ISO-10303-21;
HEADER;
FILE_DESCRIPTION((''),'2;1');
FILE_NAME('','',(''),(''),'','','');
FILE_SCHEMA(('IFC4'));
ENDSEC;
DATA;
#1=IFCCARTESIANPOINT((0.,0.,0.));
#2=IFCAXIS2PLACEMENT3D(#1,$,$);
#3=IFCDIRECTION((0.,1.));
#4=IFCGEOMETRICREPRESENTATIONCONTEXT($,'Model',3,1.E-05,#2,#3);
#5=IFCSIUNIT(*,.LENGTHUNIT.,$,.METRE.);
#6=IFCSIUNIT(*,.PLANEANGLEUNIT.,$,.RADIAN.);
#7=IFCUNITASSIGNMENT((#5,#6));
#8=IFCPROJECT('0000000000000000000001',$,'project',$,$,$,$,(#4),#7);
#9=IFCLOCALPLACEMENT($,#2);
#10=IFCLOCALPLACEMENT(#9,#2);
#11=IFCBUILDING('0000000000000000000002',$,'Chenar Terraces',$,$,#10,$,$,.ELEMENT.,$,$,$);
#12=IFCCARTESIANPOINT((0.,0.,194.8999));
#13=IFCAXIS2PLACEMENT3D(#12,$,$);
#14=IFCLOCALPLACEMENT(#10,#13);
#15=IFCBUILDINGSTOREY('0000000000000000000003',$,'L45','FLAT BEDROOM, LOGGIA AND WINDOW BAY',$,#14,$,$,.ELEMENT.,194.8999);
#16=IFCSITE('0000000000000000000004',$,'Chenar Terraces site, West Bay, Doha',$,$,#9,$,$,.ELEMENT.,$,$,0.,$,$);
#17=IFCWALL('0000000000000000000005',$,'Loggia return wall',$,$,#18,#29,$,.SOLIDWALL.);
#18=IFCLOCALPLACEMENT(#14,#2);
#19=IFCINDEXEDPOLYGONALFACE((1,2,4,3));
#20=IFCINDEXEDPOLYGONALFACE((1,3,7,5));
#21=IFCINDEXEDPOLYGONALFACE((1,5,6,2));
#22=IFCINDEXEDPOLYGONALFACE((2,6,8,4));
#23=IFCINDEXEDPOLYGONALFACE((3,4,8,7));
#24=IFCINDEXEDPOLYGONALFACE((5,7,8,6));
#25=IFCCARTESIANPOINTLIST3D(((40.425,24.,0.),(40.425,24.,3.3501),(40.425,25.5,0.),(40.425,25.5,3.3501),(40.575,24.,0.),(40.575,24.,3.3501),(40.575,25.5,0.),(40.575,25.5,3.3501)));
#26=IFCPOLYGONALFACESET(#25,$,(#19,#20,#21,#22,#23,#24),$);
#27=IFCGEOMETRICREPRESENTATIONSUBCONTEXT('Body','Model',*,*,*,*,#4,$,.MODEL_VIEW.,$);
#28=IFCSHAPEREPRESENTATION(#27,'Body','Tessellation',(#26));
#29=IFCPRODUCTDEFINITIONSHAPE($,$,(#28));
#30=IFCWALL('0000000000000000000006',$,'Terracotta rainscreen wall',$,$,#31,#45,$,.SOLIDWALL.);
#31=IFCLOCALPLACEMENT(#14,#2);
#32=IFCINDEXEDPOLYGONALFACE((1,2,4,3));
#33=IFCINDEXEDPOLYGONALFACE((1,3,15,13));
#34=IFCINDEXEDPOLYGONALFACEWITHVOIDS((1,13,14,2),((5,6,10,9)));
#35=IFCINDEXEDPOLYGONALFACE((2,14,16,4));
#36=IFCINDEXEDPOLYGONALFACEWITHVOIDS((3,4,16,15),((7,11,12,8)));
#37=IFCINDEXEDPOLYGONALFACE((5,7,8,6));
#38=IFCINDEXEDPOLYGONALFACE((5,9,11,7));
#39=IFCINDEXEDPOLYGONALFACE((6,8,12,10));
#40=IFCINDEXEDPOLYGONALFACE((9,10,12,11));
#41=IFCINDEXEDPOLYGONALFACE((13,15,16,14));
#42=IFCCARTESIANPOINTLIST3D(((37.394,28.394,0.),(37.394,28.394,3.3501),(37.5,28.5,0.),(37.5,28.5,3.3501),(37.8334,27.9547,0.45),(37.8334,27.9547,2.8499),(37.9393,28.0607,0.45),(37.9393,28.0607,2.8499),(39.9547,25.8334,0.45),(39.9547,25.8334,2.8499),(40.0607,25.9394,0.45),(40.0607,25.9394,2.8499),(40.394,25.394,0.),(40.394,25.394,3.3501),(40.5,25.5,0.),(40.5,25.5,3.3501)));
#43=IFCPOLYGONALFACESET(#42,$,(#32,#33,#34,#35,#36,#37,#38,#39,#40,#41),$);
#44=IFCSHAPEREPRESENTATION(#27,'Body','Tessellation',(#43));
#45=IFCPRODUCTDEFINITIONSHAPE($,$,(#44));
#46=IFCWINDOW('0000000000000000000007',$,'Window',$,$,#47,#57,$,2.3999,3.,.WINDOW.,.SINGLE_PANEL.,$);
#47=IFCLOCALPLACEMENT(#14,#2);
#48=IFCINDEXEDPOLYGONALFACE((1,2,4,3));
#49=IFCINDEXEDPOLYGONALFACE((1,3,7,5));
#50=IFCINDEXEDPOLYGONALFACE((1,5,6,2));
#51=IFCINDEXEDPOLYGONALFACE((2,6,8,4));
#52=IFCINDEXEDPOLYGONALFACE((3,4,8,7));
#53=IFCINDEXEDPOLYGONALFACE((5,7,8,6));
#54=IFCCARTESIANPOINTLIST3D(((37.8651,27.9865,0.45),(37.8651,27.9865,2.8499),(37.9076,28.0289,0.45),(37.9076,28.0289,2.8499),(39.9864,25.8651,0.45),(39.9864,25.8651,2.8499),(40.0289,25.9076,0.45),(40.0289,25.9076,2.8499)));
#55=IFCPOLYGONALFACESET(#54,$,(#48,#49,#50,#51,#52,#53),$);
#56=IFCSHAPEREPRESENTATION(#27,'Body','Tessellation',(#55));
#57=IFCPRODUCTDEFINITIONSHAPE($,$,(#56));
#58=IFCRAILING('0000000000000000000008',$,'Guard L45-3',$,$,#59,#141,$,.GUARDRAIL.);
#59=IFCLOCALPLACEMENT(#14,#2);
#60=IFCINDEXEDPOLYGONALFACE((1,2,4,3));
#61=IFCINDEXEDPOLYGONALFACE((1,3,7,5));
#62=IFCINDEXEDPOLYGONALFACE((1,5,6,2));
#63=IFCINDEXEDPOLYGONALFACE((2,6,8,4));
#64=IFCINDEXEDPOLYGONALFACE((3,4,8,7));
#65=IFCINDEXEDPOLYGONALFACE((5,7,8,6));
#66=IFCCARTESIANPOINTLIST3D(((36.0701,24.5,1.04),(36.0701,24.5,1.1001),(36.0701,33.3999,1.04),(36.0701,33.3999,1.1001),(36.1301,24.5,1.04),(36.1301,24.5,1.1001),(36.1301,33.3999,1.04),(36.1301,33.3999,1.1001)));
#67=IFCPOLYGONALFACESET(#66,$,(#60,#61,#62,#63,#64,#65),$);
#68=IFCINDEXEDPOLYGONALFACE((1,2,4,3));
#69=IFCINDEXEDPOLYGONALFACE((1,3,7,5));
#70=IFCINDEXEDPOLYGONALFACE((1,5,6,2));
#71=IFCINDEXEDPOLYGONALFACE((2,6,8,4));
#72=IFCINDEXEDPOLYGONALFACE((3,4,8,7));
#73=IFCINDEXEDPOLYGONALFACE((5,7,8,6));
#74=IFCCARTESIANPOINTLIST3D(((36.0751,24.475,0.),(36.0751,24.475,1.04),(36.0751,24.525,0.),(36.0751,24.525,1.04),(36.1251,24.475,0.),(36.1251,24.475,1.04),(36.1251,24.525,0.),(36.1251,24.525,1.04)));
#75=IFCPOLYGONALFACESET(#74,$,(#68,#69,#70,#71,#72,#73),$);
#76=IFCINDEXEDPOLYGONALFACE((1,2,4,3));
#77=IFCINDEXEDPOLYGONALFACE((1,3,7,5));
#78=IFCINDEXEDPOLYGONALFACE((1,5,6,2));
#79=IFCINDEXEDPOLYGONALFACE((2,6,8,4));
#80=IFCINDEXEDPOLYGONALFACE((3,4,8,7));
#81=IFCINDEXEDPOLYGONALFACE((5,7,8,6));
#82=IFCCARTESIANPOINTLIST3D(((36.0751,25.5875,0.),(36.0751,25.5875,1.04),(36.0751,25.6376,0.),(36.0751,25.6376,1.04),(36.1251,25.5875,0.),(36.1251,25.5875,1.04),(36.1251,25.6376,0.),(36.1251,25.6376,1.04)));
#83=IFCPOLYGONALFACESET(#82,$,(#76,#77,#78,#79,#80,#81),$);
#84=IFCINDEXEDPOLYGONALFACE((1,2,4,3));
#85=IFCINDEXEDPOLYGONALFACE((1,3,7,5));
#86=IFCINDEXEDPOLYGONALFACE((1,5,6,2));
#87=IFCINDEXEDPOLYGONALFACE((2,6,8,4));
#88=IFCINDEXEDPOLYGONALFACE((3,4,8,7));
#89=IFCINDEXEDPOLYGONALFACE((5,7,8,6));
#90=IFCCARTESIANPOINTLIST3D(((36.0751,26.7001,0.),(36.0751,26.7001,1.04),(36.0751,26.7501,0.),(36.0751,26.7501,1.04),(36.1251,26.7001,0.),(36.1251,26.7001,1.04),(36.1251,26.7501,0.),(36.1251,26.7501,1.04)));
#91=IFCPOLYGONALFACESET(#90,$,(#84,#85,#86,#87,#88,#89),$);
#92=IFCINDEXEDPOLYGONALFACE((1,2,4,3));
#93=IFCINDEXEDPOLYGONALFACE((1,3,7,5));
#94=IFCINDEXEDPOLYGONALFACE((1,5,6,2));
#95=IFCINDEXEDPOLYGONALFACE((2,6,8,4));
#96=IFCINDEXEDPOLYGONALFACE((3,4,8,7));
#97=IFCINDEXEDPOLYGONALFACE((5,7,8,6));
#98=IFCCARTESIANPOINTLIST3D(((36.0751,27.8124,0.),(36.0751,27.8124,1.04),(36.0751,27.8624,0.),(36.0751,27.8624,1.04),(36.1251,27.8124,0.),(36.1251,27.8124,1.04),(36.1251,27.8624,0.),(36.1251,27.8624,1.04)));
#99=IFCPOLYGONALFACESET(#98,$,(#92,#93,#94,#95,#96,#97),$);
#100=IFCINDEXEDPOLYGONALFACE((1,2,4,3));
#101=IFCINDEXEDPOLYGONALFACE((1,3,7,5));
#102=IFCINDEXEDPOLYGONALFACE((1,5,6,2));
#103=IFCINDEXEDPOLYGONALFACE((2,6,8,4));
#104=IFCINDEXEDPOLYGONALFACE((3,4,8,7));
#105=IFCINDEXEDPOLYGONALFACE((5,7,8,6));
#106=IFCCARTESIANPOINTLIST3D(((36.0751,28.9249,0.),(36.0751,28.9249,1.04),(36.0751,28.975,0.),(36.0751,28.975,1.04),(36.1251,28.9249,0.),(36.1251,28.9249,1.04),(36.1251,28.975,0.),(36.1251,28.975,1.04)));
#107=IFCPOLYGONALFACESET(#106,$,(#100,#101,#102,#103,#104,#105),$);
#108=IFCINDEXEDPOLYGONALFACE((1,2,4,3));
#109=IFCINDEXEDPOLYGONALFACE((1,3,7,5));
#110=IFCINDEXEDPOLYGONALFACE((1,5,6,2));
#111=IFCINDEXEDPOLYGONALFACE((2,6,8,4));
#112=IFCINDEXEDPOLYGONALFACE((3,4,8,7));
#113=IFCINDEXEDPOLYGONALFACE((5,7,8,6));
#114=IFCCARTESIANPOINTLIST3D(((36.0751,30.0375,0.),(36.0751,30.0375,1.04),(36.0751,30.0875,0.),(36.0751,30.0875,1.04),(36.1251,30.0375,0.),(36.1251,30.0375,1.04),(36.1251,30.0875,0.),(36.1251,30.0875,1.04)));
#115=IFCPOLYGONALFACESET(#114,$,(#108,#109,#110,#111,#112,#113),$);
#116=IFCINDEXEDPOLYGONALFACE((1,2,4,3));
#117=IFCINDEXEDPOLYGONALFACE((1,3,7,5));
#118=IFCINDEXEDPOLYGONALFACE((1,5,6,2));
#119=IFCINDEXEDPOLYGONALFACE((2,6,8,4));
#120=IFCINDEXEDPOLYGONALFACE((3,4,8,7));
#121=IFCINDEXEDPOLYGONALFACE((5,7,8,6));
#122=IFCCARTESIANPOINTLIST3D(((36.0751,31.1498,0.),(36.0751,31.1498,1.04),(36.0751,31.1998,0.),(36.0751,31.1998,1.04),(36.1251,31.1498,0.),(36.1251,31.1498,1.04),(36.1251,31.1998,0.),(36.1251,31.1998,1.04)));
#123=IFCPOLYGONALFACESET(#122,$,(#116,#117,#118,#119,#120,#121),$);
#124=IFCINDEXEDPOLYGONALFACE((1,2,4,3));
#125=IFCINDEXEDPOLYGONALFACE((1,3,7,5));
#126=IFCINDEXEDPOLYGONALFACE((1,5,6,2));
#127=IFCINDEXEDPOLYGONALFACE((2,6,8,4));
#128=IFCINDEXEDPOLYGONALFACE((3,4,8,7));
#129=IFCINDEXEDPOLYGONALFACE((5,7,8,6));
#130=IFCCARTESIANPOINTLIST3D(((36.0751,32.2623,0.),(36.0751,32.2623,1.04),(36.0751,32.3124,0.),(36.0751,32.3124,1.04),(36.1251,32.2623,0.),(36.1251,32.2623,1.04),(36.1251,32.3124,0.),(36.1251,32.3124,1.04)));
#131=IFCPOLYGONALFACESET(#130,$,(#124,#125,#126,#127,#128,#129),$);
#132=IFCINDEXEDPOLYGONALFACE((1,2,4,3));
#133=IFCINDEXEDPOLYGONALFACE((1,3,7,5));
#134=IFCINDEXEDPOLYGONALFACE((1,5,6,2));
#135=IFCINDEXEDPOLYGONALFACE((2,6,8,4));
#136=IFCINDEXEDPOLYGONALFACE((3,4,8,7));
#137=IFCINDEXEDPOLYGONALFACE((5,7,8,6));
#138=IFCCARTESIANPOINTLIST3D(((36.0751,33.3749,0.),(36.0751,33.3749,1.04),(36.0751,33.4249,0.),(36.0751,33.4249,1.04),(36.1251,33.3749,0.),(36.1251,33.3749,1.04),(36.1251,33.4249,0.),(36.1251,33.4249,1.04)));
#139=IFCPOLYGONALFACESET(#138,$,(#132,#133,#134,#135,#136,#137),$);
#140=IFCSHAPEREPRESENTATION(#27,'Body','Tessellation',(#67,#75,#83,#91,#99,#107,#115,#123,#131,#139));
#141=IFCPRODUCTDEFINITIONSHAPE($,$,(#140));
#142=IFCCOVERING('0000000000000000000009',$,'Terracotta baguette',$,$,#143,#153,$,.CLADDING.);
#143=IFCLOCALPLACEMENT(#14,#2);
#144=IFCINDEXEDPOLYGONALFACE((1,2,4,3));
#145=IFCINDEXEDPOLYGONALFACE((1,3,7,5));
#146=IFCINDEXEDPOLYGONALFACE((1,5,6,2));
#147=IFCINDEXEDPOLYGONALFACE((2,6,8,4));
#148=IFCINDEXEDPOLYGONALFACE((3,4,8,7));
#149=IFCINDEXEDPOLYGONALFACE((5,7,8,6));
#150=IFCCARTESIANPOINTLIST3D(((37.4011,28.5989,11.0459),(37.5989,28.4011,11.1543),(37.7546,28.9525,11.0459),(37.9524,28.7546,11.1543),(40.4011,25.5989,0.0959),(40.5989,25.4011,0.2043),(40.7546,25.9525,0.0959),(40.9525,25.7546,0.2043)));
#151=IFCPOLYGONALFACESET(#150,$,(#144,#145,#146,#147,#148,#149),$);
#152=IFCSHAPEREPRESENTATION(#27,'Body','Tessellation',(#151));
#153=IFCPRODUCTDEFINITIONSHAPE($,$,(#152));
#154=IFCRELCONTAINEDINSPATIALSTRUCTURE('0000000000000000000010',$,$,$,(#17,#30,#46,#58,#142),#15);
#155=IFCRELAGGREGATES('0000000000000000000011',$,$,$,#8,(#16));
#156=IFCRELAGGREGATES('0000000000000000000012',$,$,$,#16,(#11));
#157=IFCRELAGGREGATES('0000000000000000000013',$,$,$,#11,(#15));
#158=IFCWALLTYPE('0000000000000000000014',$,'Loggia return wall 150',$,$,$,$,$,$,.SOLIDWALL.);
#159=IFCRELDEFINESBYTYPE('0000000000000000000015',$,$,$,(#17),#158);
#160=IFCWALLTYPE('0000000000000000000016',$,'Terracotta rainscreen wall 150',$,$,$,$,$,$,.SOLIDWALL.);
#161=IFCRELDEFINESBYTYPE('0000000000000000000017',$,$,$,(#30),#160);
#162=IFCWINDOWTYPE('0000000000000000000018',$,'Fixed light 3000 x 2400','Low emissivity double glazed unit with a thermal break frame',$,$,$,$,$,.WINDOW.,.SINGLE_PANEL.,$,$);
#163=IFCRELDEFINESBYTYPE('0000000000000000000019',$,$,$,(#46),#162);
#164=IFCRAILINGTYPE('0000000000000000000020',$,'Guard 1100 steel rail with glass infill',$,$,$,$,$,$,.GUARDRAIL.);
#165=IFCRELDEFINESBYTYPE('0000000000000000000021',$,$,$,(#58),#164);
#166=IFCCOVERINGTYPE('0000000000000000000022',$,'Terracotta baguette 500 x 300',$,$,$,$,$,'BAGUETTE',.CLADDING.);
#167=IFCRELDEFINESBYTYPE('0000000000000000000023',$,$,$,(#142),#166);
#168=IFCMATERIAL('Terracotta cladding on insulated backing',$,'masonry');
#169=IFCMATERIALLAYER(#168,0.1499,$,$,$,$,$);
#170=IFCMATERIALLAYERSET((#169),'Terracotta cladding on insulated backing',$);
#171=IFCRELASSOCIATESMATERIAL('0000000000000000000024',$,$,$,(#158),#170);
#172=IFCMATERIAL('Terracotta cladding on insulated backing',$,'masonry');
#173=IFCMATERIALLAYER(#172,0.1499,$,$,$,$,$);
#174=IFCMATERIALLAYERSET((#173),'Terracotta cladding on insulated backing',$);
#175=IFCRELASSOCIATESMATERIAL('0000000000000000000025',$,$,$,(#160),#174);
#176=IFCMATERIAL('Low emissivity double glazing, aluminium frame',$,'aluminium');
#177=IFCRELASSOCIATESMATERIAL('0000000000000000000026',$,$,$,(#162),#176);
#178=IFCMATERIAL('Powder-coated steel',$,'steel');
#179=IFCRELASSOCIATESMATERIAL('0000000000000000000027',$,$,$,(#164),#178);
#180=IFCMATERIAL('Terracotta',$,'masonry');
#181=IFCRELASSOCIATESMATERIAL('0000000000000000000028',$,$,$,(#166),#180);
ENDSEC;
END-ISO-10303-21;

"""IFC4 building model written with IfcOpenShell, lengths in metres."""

from ifc_helpers import new_model, si_unit, direction, frame, frame_2d, origin, origin_2d, place, context, subcontext, project, spatial, rectangle, extrude, material, layer, layer_set, material_profile, profile_set, type_object, element, fill, save


model = new_model("IFC4")

# Units and contexts
model_context = context("Model", 3, precision=1e-05, world=origin(), true_north=direction((0.0, 1.0)))
body_context = subcontext(model_context, "Body", "Model", "MODEL_VIEW")
ifc_project = project(units=[si_unit("LENGTHUNIT", "METRE"), si_unit("PLANEANGLEUNIT", "RADIAN")], contexts=[model_context])

# Site, building, storey
site_placement = place(None, origin())
site = spatial("IfcSite", under=ifc_project, at=site_placement, Name="Chenar Terraces site, West Bay, Doha", CompositionType="ELEMENT", RefElevation=0.0)
building_placement = place(site_placement, origin())
building = spatial("IfcBuilding", under=site, at=building_placement, Name="Chenar Terraces", CompositionType="ELEMENT")
storey_placement = place(building_placement, frame((0.0, 0.0, 194.8999)))
storey = spatial("IfcBuildingStorey", under=building, at=storey_placement, Name="L45", Description="FLAT BEDROOM, LOGGIA AND WINDOW BAY", CompositionType="ELEMENT", Elevation=194.8999)

# Wall
ifc_material_1 = material(Name="Terracotta cladding on insulated backing", Category="masonry")
ifc_layer_1 = layer(ifc_material_1, 0.1499)
ifc_layer_set_1 = layer_set([ifc_layer_1], Name="Terracotta cladding on insulated backing")
wall_type_1 = type_object("IfcWallType", Name="Loggia return wall 150", PredefinedType="SOLIDWALL", material=ifc_layer_set_1)
wall_1_placement = place(storey_placement, frame((40.5, 25.5, 0.0), z_axis=(0.0, 0.0, 1.0), x_axis=(0.0, -1.0, 0.0)))
element("IfcWall", 1, at=wall_1_placement, inside=storey, type_object=wall_type_1, Name="Loggia return wall", PredefinedType="SOLIDWALL", context=body_context, shape_type="SweptSolid", body=[
    extrude(rectangle(XDim=1.5, YDim=0.1499, at=frame_2d((0.75, 0.0))), origin(), (0.0, 0.0, 1.0), 3.3501),
])

# Wall, opening, window
ifc_material_2 = material(Name="Terracotta cladding on insulated backing", Category="masonry")
ifc_layer_2 = layer(ifc_material_2, 0.1499)
ifc_layer_set_2 = layer_set([ifc_layer_2], Name="Terracotta cladding on insulated backing")
wall_type_2 = type_object("IfcWallType", Name="Terracotta rainscreen wall 150", PredefinedType="SOLIDWALL", material=ifc_layer_set_2)
wall_2_placement = place(storey_placement, frame((40.447, 25.447, 0.0), z_axis=(0.0, 0.0, 1.0), x_axis=(-0.707107, 0.707107, 0.0)))
wall_2 = element("IfcWall", 2, at=wall_2_placement, inside=storey, type_object=wall_type_2, Name="Terracotta rainscreen wall", PredefinedType="SOLIDWALL", context=body_context, shape_type="SweptSolid", body=[
    extrude(rectangle(XDim=4.2427, YDim=0.1499, at=frame_2d((2.1213, 0.0))), origin(), (0.0, 0.0, 1.0), 3.3501),
])
opening_1_placement = place(wall_2_placement, frame((0.6213, 0.0, 0.45)))
opening_1 = element("IfcOpeningElement", 3, at=opening_1_placement, cuts=wall_2, PredefinedType="OPENING", context=body_context, shape_type="SweptSolid", body=[
    extrude(rectangle(XDim=3.0, YDim=2.3999, at=frame_2d((1.5, 1.2))), frame((0.0, 0.085, 0.0), z_axis=(0.0, -1.0, 0.0), x_axis=(1.0, 0.0, 0.0)), (0.0, 0.0, 1.0), 0.1699),
])
ifc_material_3 = material(Name="Low emissivity double glazing, aluminium frame", Category="aluminium")
window_type = type_object("IfcWindowType", Name="Fixed light 3000 x 2400", Description="Low emissivity double glazed unit with a thermal break frame", PartitioningType="SINGLE_PANEL", PredefinedType="WINDOW", material=ifc_material_3)
window_placement = place(opening_1_placement, origin())
window = element("IfcWindow", 4, at=window_placement, inside=storey, type_object=window_type, Name="Window", OverallHeight=2.3999, OverallWidth=3.0, PartitioningType="SINGLE_PANEL", PredefinedType="WINDOW", context=body_context, shape_type="SweptSolid", body=[
    extrude(rectangle(XDim=3.0, YDim=2.3999, at=frame_2d((1.5, 1.2))), frame((0.0, 0.03, 0.0), z_axis=(0.0, -1.0, 0.0), x_axis=(1.0, 0.0, 0.0)), (0.0, 0.0, 1.0), 0.0601),
])
fill(opening_1, window)

# Railing
ifc_material_4 = material(Name="Powder-coated steel", Category="steel")
railing_type = type_object("IfcRailingType", Name="Guard 1100 steel rail with glass infill", PredefinedType="GUARDRAIL", material=ifc_material_4)
railing_placement = place(storey_placement, frame((36.1001, 24.5, 0.0)))
element("IfcRailing", 5, at=railing_placement, inside=storey, type_object=railing_type, Name="Guard L45-3", PredefinedType="GUARDRAIL", context=body_context, shape_type="SweptSolid", body=[
    extrude(rectangle(XDim=0.0601, YDim=0.0601, at=origin_2d()), frame((0.0, 0.0, 1.0701), z_axis=(0.0, 1.0, 0.0), x_axis=(-1.0, 0.0, 0.0)), (0.0, 0.0, 1.0), 8.8999),
    extrude(rectangle(XDim=0.05, YDim=0.05, at=origin_2d()), origin(), (0.0, 0.0, 1.0), 1.04),
    extrude(rectangle(XDim=0.05, YDim=0.05, at=origin_2d()), frame((0.0, 1.1125, 0.0)), (0.0, 0.0, 1.0), 1.04),
    extrude(rectangle(XDim=0.05, YDim=0.05, at=origin_2d()), frame((0.0, 2.2251, 0.0)), (0.0, 0.0, 1.0), 1.04),
    extrude(rectangle(XDim=0.05, YDim=0.05, at=origin_2d()), frame((0.0, 3.3374, 0.0)), (0.0, 0.0, 1.0), 1.04),
    extrude(rectangle(XDim=0.05, YDim=0.05, at=origin_2d()), frame((0.0, 4.45, 0.0)), (0.0, 0.0, 1.0), 1.04),
    extrude(rectangle(XDim=0.05, YDim=0.05, at=origin_2d()), frame((0.0, 5.5625, 0.0)), (0.0, 0.0, 1.0), 1.04),
    extrude(rectangle(XDim=0.05, YDim=0.05, at=origin_2d()), frame((0.0, 6.6748, 0.0)), (0.0, 0.0, 1.0), 1.04),
    extrude(rectangle(XDim=0.05, YDim=0.05, at=origin_2d()), frame((0.0, 7.7874, 0.0)), (0.0, 0.0, 1.0), 1.04),
    extrude(rectangle(XDim=0.05, YDim=0.05, at=origin_2d()), frame((0.0, 8.8999, 0.0)), (0.0, 0.0, 1.0), 1.04),
])

# Covering
ifc_material_5 = material(Name="Terracotta", Category="masonry")
ifc_material_profile_1 = material_profile(ifc_material_5, rectangle(XDim=0.5, YDim=0.3, at=origin_2d()), Name="Terracotta baguette 500 x 300")
ifc_profile_set_1 = profile_set([ifc_material_profile_1], Name="Terracotta")
covering_type = type_object("IfcCoveringType", Name="Terracotta baguette 500 x 300", ElementType="BAGUETTE", PredefinedType="CLADDING", material=ifc_profile_set_1)
covering_placement = place(storey_placement, frame((40.6768, 25.6768, 0.1501), z_axis=(-0.255468, 0.255468, 0.932455), x_axis=(-0.707107, -0.707107, 0.0)))
element("IfcCovering", 6, at=covering_placement, inside=storey, type_object=covering_type, Name="Terracotta baguette", PredefinedType="CLADDING", context=body_context, shape_type="SweptSolid", body=[
    extrude(rectangle(XDim=0.5, YDim=0.3, at=origin_2d()), origin(), (0.0, 0.0, 1.0), 11.7432),
])

save(model, "model.ifc")
